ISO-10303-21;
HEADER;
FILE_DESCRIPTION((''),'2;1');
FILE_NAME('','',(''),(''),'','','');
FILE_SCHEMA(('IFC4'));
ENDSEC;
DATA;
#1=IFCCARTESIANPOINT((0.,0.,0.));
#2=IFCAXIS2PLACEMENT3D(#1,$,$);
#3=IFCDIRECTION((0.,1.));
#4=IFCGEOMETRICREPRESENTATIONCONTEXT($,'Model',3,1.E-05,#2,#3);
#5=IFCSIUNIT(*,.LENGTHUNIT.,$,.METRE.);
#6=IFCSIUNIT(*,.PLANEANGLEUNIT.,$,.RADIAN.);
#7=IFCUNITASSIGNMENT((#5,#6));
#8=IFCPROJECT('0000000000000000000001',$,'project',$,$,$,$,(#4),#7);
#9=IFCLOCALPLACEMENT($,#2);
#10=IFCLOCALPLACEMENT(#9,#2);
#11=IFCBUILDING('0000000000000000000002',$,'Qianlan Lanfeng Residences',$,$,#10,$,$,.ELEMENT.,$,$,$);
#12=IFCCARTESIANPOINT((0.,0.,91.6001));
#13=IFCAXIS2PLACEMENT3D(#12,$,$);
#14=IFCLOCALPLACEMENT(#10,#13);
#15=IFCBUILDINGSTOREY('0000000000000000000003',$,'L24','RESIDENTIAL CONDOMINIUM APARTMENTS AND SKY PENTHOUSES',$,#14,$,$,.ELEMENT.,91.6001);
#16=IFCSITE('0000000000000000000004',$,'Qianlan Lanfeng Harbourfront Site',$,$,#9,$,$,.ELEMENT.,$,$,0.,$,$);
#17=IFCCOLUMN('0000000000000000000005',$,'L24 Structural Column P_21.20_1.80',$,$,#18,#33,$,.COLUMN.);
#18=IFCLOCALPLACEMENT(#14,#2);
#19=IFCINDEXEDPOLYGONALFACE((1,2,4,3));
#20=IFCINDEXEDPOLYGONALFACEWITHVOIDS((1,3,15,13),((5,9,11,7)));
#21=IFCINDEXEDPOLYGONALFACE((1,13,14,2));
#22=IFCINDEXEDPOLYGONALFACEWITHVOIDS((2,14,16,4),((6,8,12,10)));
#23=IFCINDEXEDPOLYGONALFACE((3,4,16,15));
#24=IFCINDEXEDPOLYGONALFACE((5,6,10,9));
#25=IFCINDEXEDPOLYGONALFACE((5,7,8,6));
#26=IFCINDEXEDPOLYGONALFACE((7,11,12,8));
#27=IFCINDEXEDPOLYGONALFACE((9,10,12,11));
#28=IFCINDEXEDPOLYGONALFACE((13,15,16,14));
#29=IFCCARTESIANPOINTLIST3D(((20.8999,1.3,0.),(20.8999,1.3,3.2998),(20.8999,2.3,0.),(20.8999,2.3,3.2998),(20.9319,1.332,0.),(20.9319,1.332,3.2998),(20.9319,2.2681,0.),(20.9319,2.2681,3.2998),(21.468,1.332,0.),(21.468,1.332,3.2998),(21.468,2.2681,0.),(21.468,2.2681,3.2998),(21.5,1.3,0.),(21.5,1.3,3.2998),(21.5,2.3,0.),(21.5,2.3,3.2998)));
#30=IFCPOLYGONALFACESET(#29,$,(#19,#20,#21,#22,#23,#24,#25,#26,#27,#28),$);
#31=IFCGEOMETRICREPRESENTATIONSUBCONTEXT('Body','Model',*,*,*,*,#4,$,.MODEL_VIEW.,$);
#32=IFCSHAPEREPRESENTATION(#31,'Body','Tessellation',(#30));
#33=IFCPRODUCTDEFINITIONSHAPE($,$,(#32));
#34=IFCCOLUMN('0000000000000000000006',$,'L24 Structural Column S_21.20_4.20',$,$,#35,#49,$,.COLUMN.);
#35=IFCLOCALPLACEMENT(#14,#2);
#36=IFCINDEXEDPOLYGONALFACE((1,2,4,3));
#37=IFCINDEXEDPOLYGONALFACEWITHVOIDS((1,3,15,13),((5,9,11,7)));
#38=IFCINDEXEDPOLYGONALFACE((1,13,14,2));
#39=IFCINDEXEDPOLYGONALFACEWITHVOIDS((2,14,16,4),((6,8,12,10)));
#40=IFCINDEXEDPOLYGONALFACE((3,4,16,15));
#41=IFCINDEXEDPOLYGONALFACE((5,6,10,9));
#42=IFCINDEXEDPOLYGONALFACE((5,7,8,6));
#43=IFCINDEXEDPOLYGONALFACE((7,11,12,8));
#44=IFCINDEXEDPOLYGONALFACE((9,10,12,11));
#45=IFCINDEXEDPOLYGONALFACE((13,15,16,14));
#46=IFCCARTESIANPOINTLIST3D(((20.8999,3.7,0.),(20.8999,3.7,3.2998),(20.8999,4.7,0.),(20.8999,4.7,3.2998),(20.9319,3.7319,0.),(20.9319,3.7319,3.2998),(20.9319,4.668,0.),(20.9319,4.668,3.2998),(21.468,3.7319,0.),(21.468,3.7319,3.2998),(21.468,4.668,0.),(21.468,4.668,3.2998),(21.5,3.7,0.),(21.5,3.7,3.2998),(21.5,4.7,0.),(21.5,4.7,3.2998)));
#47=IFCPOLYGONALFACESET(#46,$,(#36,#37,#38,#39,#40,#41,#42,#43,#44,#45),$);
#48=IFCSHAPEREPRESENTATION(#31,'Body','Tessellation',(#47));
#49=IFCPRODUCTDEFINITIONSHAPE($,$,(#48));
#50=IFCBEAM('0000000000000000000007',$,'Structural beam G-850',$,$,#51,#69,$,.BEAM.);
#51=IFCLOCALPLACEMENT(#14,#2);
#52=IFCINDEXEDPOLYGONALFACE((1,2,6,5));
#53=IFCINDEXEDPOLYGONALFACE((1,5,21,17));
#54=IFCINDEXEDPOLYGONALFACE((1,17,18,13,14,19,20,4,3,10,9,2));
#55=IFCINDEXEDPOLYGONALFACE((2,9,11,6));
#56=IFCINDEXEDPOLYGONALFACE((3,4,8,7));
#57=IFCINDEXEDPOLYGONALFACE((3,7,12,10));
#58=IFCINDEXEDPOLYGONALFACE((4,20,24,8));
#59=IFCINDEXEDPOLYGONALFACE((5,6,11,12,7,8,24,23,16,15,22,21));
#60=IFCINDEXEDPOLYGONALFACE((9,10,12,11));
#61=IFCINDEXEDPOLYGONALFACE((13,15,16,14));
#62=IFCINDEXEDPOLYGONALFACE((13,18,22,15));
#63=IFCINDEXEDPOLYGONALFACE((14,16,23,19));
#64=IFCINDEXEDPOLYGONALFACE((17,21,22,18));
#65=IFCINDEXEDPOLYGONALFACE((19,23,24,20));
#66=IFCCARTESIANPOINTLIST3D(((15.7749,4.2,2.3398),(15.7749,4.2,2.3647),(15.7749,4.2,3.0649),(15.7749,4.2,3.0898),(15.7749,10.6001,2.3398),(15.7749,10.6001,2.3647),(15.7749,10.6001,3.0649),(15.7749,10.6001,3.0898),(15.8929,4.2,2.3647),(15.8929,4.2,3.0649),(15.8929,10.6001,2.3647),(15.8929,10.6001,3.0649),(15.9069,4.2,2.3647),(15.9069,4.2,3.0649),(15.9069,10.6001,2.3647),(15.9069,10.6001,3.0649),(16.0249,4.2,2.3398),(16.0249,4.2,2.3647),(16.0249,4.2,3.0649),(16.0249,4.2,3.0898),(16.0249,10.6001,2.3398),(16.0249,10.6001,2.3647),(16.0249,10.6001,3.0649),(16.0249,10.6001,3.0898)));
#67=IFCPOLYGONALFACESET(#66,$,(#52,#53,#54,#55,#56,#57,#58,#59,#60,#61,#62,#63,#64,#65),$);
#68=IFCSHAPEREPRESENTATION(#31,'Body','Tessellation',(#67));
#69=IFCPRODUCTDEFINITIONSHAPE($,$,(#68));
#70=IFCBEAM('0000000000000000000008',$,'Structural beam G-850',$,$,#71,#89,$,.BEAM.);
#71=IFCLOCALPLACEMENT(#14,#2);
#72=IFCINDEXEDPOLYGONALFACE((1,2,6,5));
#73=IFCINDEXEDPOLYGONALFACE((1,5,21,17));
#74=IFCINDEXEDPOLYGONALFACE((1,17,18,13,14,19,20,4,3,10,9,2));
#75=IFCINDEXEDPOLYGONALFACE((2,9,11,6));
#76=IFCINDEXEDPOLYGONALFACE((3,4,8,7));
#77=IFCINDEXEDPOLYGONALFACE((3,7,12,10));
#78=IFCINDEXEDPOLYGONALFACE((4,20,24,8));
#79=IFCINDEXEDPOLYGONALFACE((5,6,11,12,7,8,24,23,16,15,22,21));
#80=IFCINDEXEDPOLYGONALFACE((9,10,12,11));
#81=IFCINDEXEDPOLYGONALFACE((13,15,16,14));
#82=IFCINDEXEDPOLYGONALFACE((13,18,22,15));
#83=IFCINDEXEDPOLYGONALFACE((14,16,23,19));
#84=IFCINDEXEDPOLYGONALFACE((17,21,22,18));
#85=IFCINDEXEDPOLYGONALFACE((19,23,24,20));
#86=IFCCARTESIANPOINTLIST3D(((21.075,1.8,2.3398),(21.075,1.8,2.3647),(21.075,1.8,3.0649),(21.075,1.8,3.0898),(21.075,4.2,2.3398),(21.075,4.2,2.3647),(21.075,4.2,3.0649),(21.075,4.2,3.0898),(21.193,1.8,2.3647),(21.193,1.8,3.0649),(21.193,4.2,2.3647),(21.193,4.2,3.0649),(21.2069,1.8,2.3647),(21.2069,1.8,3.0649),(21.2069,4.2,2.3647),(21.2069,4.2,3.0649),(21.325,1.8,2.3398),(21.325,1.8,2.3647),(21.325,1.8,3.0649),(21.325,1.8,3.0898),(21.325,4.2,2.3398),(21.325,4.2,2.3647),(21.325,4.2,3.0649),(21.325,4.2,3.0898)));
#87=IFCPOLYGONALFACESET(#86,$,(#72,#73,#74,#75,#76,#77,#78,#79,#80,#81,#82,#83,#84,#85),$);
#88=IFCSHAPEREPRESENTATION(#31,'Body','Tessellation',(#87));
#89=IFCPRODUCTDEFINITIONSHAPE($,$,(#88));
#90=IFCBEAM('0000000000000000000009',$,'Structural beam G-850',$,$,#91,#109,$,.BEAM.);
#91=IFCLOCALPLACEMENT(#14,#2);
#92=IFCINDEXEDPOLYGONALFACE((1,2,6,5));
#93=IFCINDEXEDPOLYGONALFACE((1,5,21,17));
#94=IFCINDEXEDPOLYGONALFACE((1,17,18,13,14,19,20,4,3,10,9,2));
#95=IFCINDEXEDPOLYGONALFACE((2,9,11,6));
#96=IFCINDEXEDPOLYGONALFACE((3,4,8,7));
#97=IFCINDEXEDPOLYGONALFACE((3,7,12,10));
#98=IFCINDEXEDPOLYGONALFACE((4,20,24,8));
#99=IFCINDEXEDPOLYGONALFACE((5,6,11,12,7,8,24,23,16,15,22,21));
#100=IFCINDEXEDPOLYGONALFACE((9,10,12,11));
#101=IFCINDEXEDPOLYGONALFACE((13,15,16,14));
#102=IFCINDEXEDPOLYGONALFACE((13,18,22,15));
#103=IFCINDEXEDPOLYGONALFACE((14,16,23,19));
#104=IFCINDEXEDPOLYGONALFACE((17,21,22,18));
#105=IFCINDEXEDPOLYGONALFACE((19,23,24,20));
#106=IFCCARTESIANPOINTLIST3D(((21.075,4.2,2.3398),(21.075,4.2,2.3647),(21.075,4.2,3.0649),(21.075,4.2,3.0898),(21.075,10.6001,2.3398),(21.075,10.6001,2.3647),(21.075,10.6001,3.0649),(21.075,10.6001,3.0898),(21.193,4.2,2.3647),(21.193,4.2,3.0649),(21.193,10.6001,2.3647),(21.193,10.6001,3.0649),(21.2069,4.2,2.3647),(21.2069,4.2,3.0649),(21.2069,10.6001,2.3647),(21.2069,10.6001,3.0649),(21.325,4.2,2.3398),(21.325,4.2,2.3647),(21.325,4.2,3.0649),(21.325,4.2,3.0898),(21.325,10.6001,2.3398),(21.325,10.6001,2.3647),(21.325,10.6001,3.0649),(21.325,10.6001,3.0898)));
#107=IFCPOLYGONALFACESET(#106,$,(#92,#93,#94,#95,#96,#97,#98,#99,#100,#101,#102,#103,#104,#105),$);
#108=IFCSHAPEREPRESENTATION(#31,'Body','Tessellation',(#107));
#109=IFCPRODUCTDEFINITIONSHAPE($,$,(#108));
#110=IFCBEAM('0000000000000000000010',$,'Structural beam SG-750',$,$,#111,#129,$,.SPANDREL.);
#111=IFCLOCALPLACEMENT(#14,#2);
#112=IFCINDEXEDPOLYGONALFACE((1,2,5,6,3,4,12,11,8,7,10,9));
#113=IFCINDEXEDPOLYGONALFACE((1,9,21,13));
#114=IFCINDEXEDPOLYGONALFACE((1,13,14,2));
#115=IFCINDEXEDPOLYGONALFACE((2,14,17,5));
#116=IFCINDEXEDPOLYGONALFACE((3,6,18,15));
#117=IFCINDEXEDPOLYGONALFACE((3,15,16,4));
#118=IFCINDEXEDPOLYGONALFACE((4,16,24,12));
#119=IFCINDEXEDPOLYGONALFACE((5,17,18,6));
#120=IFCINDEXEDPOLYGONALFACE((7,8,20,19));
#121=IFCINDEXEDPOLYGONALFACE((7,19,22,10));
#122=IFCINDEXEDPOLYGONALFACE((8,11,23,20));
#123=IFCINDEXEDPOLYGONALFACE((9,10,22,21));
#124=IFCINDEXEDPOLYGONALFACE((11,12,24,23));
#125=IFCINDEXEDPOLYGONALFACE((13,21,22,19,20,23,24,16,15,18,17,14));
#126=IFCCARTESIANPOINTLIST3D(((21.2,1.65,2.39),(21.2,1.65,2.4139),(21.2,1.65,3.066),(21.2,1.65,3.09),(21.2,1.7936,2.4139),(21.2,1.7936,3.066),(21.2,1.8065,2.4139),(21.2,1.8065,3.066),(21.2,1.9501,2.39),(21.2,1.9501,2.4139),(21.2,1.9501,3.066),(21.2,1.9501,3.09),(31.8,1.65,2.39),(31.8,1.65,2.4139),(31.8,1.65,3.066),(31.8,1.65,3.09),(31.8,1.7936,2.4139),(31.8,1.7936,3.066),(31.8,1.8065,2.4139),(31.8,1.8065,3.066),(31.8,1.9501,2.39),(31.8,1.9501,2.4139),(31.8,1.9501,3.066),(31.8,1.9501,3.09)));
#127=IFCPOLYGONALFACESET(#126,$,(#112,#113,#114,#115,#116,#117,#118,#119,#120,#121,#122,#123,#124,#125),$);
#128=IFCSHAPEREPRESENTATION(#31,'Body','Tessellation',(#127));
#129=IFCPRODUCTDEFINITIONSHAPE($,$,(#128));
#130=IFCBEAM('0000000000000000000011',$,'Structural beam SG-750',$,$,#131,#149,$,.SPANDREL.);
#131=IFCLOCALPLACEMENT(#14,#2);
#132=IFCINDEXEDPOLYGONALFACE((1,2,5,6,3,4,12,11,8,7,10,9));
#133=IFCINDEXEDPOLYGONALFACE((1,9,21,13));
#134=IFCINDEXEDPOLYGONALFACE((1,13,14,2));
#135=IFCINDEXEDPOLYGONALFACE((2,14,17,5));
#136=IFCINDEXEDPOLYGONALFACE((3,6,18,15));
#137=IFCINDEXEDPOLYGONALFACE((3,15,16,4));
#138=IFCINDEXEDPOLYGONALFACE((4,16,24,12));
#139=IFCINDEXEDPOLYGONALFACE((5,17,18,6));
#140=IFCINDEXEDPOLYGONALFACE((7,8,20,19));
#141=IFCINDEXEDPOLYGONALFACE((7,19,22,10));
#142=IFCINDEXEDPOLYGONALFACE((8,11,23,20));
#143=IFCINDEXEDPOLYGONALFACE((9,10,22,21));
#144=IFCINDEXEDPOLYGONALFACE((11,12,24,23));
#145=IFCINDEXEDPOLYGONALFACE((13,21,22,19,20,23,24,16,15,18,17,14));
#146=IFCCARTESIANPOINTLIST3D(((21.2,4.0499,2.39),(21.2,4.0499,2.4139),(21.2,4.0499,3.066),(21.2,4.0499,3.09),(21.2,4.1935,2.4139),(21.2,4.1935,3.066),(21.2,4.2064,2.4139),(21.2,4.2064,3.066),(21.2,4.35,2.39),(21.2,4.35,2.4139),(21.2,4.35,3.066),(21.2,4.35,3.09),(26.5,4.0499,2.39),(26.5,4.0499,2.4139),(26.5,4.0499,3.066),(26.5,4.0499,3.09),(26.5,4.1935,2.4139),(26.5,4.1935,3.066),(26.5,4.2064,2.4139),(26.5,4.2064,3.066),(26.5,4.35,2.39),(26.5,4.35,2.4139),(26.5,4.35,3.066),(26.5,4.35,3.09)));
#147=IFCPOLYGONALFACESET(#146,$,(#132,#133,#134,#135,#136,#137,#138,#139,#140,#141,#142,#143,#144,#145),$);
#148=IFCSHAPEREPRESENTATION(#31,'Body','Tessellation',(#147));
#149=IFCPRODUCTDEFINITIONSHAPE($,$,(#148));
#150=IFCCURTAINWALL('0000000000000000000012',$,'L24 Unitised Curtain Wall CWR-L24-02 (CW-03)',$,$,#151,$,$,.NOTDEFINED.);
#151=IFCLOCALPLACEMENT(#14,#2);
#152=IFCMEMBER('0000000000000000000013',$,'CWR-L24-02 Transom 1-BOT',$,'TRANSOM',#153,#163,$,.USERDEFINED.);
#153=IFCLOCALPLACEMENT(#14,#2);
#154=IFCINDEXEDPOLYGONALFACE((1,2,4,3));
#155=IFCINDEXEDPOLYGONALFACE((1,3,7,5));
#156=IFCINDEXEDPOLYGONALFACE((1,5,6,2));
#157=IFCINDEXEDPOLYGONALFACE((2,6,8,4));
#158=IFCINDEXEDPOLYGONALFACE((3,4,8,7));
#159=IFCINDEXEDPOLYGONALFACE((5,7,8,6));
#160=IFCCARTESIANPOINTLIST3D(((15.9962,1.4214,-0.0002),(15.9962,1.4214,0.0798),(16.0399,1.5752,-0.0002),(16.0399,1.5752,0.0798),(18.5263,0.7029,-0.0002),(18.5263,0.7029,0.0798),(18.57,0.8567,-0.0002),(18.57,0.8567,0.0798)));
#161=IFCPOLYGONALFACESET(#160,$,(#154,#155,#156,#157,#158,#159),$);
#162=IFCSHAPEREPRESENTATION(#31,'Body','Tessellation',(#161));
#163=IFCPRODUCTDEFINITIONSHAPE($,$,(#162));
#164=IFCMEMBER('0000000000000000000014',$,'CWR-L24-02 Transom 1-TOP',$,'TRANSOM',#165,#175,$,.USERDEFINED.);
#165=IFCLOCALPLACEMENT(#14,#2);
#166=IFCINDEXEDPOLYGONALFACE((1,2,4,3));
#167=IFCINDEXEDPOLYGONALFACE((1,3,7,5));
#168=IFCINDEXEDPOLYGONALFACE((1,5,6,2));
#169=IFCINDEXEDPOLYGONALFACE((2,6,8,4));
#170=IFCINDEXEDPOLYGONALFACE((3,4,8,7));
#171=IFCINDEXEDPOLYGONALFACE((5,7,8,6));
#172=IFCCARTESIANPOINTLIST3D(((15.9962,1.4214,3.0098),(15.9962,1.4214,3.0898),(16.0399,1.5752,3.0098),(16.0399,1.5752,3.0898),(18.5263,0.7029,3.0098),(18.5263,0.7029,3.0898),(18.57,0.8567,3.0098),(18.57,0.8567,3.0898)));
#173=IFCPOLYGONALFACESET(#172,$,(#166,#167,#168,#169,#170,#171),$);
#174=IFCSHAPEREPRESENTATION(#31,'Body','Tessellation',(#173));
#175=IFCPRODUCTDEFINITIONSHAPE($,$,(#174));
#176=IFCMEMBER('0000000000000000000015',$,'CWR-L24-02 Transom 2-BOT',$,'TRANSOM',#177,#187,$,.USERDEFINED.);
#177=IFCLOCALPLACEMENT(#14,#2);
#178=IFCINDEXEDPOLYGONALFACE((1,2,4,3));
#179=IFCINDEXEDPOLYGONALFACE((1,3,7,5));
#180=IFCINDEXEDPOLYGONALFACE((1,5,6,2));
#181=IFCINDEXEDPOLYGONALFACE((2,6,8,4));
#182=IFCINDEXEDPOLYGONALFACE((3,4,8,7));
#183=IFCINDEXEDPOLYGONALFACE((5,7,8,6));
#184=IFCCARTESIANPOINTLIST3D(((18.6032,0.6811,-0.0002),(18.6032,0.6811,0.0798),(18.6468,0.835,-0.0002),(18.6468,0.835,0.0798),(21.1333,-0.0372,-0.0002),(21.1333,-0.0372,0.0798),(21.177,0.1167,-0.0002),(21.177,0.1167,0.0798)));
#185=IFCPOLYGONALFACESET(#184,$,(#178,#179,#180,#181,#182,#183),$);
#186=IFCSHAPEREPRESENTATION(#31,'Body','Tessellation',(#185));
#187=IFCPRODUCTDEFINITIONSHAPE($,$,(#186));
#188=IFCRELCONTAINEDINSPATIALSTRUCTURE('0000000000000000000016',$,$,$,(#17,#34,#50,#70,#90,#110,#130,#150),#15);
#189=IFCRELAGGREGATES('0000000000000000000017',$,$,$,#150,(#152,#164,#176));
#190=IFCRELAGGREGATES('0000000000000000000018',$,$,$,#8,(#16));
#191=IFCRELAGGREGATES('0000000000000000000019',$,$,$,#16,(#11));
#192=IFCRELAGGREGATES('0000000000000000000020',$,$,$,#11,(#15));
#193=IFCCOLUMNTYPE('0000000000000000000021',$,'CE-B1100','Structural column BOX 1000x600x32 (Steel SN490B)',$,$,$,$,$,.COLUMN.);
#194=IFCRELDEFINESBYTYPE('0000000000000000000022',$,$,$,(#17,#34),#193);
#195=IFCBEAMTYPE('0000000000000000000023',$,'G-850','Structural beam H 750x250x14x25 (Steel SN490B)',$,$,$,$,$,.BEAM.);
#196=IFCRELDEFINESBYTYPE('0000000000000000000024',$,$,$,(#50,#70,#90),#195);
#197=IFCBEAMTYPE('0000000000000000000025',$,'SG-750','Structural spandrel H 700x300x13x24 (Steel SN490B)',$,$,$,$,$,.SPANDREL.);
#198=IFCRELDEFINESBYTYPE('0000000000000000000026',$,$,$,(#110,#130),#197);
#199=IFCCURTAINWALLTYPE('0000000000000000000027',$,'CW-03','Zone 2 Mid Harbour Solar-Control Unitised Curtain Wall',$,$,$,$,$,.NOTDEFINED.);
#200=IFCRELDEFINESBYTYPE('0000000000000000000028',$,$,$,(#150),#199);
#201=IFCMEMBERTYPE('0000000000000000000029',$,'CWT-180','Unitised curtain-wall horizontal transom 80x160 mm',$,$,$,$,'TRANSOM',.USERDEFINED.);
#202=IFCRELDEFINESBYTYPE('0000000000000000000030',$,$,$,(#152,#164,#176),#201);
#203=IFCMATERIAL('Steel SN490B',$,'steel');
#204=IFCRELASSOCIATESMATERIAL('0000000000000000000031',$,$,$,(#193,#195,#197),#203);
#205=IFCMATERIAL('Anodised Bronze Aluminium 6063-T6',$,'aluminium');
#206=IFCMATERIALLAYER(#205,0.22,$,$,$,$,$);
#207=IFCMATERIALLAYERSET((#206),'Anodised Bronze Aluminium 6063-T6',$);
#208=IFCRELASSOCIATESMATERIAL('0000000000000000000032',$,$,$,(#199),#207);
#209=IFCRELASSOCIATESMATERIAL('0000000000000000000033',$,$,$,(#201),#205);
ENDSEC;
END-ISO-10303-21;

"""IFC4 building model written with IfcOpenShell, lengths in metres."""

from ifc_helpers import new_model, si_unit, direction, frame, origin, origin_2d, place, context, subcontext, project, spatial, rectangle, hollow_rectangle, i_section, extrude, source, transform, mapped, material, layer, layer_set, material_profile, profile_set, type_object, element, aggregate, save


model = new_model("IFC4")

# Units and contexts
model_context = context("Model", 3, precision=1e-05, world=origin(), true_north=direction((0.0, 1.0)))
body_context = subcontext(model_context, "Body", "Model", "MODEL_VIEW")
ifc_project = project(units=[si_unit("LENGTHUNIT", "METRE"), si_unit("PLANEANGLEUNIT", "RADIAN")], contexts=[model_context])

# Site, building, storey
site_placement = place(None, origin())
site = spatial("IfcSite", under=ifc_project, at=site_placement, Name="Qianlan Lanfeng Harbourfront Site", CompositionType="ELEMENT", RefElevation=0.0)
building_placement = place(site_placement, origin())
building = spatial("IfcBuilding", under=site, at=building_placement, Name="Qianlan Lanfeng Residences", CompositionType="ELEMENT")
storey_placement = place(building_placement, frame((0.0, 0.0, 91.6001)))
storey = spatial("IfcBuildingStorey", under=building, at=storey_placement, Name="L24", Description="RESIDENTIAL CONDOMINIUM APARTMENTS AND SKY PENTHOUSES", CompositionType="ELEMENT", Elevation=91.6001)

# Columns
ifc_material_1 = material(Name="Steel SN490B", Category="steel")
ifc_material_profile_1 = material_profile(ifc_material_1, hollow_rectangle(XDim=0.6001, YDim=1.0, WallThickness=0.032, at=origin_2d()), Name="BOX 1000x600x32")
ifc_profile_set_1 = profile_set([ifc_material_profile_1], Name="Steel SN490B")
column_type = type_object("IfcColumnType", Name="CE-B1100", Description="Structural column BOX 1000x600x32 (Steel SN490B)", PredefinedType="COLUMN", material=ifc_profile_set_1)
for number, where, z_axis, x_axis, name in (
    (1, (21.2, 1.8, 0.0), (0.0, 0.0, 1.0), (1.0, 0.0, 0.0), "L24 Structural Column P_21.20_1.80"),
    (2, (21.2, 4.2, 0.0), (0.0, 0.0, 1.0), (1.0, 0.0, 0.0), "L24 Structural Column S_21.20_4.20"),
):
    element("IfcColumn", number, at=place(storey_placement, frame(where, z_axis=z_axis, x_axis=x_axis)), inside=storey, type_object=column_type, Name=name, PredefinedType="COLUMN", context=body_context, shape_type="SweptSolid", body=[
        extrude(hollow_rectangle(XDim=0.6001, YDim=1.0, WallThickness=0.032, at=origin_2d()), origin(), (0.0, 0.0, 1.0), 3.2998),
    ])

# Beams
ifc_material_profile_2 = material_profile(ifc_material_1, i_section(OverallWidth=0.25, OverallDepth=0.75, WebThickness=0.0139, FlangeThickness=0.0249, at=origin_2d()), Name="H 750x250x14x25")
ifc_profile_set_2 = profile_set([ifc_material_profile_2], Name="Steel SN490B")
beam_type_1 = type_object("IfcBeamType", Name="G-850", Description="Structural beam H 750x250x14x25 (Steel SN490B)", PredefinedType="BEAM", material=ifc_profile_set_2)
beam_1_placement = place(storey_placement, frame((15.8999, 4.2, 2.7148), z_axis=(0.0, 1.0, 0.0), x_axis=(-1.0, 0.0, 0.0)))
element("IfcBeam", 3, at=beam_1_placement, inside=storey, type_object=beam_type_1, Name="Structural beam G-850", PredefinedType="BEAM", context=body_context, shape_type="SweptSolid", body=[
    extrude(i_section(OverallWidth=0.25, OverallDepth=0.75, WebThickness=0.0139, FlangeThickness=0.0249, at=origin_2d()), origin(), (0.0, 0.0, 1.0), 6.4001),
])
beam_2_placement = place(storey_placement, frame((21.2, 1.8, 2.7148), z_axis=(0.0, 1.0, 0.0), x_axis=(-1.0, 0.0, 0.0)))
element("IfcBeam", 4, at=beam_2_placement, inside=storey, type_object=beam_type_1, Name="Structural beam G-850", PredefinedType="BEAM", context=body_context, shape_type="SweptSolid", body=[
    extrude(i_section(OverallWidth=0.25, OverallDepth=0.75, WebThickness=0.0139, FlangeThickness=0.0249, at=origin_2d()), origin(), (0.0, 0.0, 1.0), 2.3999),
])
beam_3_placement = place(storey_placement, frame((21.2, 4.2, 2.7148), z_axis=(0.0, 1.0, 0.0), x_axis=(-1.0, 0.0, 0.0)))
element("IfcBeam", 5, at=beam_3_placement, inside=storey, type_object=beam_type_1, Name="Structural beam G-850", PredefinedType="BEAM", context=body_context, shape_type="SweptSolid", body=[
    extrude(i_section(OverallWidth=0.25, OverallDepth=0.75, WebThickness=0.0139, FlangeThickness=0.0249, at=origin_2d()), origin(), (0.0, 0.0, 1.0), 6.4001),
])
ifc_material_profile_3 = material_profile(ifc_material_1, i_section(OverallWidth=0.3, OverallDepth=0.7, WebThickness=0.0129, FlangeThickness=0.0239, at=origin_2d()), Name="H 700x300x13x24")
ifc_profile_set_3 = profile_set([ifc_material_profile_3], Name="Steel SN490B")
beam_type_2 = type_object("IfcBeamType", Name="SG-750", Description="Structural spandrel H 700x300x13x24 (Steel SN490B)", PredefinedType="SPANDREL", material=ifc_profile_set_3)
beam_4_placement = place(storey_placement, frame((21.2, 1.8, 2.74), z_axis=(1.0, 0.0, 0.0), x_axis=(0.0, 1.0, 0.0)))
element("IfcBeam", 6, at=beam_4_placement, inside=storey, type_object=beam_type_2, Name="Structural beam SG-750", PredefinedType="SPANDREL", context=body_context, shape_type="SweptSolid", body=[
    extrude(i_section(OverallWidth=0.3, OverallDepth=0.7, WebThickness=0.0129, FlangeThickness=0.0239, at=origin_2d()), origin(), (0.0, 0.0, 1.0), 10.6001),
])
beam_5_placement = place(storey_placement, frame((21.2, 4.2, 2.74), z_axis=(1.0, 0.0, 0.0), x_axis=(0.0, 1.0, 0.0)))
element("IfcBeam", 7, at=beam_5_placement, inside=storey, type_object=beam_type_2, Name="Structural beam SG-750", PredefinedType="SPANDREL", context=body_context, shape_type="SweptSolid", body=[
    extrude(i_section(OverallWidth=0.3, OverallDepth=0.7, WebThickness=0.0129, FlangeThickness=0.0239, at=origin_2d()), origin(), (0.0, 0.0, 1.0), 5.3),
])

# Curtain wall, members
ifc_material_2 = material(Name="Anodised Bronze Aluminium 6063-T6", Category="aluminium")
ifc_layer_1 = layer(ifc_material_2, 0.22)
ifc_layer_set_1 = layer_set([ifc_layer_1], Name="Anodised Bronze Aluminium 6063-T6")
curtain_wall_type = type_object("IfcCurtainWallType", Name="CW-03", Description="Zone 2 Mid Harbour Solar-Control Unitised Curtain Wall", PredefinedType="NOTDEFINED", material=ifc_layer_set_1)
curtain_wall_1_placement = place(storey_placement, origin())
curtain_wall_1 = element("IfcCurtainWall", 8, at=curtain_wall_1_placement, inside=storey, type_object=curtain_wall_type, Name="L24 Unitised Curtain Wall CWR-L24-02 (CW-03)", PredefinedType="NOTDEFINED")
ifc_material_profile_4 = material_profile(ifc_material_2, rectangle(XDim=0.0801, YDim=0.1599, at=origin_2d()), Name="ALU TRANSOM 80x160")
ifc_profile_set_4 = profile_set([ifc_material_profile_4], Name="Anodised Bronze Aluminium 6063-T6")
member_type_1 = type_object("IfcMemberType", Name="CWT-180", Description="Unitised curtain-wall horizontal transom 80x160 mm", ElementType="TRANSOM", PredefinedType="USERDEFINED", material=ifc_profile_set_4)
shared_shape_1 = source(origin(), body_context, "Body", "SweptSolid", [
    extrude(rectangle(XDim=0.0801, YDim=0.1599, at=origin_2d()), origin(), (0.0, 0.0, 1.0), 2.6301),
])
member_1_placement = place(storey_placement, frame((16.0181, 1.4983, 0.0398), z_axis=(0.961961, -0.273188, 0.0), x_axis=(0.0, 0.0, 1.0)))
member_1 = element("IfcMember", 9, at=member_1_placement, type_object=member_type_1, Name="CWR-L24-02 Transom 1-BOT", ObjectType="TRANSOM", PredefinedType="USERDEFINED", context=body_context, shape_type="MappedRepresentation", body=[
    mapped(shared_shape_1, transform((0.0, 0.0, 0.0), scale=1.0)),
])
member_2_placement = place(storey_placement, frame((16.0181, 1.4983, 3.0498), z_axis=(0.961961, -0.273188, 0.0), x_axis=(0.0, 0.0, 1.0)))
member_2 = element("IfcMember", 10, at=member_2_placement, type_object=member_type_1, Name="CWR-L24-02 Transom 1-TOP", ObjectType="TRANSOM", PredefinedType="USERDEFINED", context=body_context, shape_type="MappedRepresentation", body=[
    mapped(shared_shape_1, transform((0.0, 0.0, 0.0), scale=1.0)),
])
member_3_placement = place(storey_placement, frame((18.625, 0.7581, 0.0398), z_axis=(0.961985, -0.273102, 0.0), x_axis=(0.0, 0.0, 1.0)))
member_3 = element("IfcMember", 11, at=member_3_placement, type_object=member_type_1, Name="CWR-L24-02 Transom 2-BOT", ObjectType="TRANSOM", PredefinedType="USERDEFINED", context=body_context, shape_type="MappedRepresentation", body=[
    mapped(shared_shape_1, transform((0.0, 0.0, 0.0), scale=1.0)),
])

aggregate(curtain_wall_1, [member_1, member_2, member_3])

save(model, "model.ifc")
